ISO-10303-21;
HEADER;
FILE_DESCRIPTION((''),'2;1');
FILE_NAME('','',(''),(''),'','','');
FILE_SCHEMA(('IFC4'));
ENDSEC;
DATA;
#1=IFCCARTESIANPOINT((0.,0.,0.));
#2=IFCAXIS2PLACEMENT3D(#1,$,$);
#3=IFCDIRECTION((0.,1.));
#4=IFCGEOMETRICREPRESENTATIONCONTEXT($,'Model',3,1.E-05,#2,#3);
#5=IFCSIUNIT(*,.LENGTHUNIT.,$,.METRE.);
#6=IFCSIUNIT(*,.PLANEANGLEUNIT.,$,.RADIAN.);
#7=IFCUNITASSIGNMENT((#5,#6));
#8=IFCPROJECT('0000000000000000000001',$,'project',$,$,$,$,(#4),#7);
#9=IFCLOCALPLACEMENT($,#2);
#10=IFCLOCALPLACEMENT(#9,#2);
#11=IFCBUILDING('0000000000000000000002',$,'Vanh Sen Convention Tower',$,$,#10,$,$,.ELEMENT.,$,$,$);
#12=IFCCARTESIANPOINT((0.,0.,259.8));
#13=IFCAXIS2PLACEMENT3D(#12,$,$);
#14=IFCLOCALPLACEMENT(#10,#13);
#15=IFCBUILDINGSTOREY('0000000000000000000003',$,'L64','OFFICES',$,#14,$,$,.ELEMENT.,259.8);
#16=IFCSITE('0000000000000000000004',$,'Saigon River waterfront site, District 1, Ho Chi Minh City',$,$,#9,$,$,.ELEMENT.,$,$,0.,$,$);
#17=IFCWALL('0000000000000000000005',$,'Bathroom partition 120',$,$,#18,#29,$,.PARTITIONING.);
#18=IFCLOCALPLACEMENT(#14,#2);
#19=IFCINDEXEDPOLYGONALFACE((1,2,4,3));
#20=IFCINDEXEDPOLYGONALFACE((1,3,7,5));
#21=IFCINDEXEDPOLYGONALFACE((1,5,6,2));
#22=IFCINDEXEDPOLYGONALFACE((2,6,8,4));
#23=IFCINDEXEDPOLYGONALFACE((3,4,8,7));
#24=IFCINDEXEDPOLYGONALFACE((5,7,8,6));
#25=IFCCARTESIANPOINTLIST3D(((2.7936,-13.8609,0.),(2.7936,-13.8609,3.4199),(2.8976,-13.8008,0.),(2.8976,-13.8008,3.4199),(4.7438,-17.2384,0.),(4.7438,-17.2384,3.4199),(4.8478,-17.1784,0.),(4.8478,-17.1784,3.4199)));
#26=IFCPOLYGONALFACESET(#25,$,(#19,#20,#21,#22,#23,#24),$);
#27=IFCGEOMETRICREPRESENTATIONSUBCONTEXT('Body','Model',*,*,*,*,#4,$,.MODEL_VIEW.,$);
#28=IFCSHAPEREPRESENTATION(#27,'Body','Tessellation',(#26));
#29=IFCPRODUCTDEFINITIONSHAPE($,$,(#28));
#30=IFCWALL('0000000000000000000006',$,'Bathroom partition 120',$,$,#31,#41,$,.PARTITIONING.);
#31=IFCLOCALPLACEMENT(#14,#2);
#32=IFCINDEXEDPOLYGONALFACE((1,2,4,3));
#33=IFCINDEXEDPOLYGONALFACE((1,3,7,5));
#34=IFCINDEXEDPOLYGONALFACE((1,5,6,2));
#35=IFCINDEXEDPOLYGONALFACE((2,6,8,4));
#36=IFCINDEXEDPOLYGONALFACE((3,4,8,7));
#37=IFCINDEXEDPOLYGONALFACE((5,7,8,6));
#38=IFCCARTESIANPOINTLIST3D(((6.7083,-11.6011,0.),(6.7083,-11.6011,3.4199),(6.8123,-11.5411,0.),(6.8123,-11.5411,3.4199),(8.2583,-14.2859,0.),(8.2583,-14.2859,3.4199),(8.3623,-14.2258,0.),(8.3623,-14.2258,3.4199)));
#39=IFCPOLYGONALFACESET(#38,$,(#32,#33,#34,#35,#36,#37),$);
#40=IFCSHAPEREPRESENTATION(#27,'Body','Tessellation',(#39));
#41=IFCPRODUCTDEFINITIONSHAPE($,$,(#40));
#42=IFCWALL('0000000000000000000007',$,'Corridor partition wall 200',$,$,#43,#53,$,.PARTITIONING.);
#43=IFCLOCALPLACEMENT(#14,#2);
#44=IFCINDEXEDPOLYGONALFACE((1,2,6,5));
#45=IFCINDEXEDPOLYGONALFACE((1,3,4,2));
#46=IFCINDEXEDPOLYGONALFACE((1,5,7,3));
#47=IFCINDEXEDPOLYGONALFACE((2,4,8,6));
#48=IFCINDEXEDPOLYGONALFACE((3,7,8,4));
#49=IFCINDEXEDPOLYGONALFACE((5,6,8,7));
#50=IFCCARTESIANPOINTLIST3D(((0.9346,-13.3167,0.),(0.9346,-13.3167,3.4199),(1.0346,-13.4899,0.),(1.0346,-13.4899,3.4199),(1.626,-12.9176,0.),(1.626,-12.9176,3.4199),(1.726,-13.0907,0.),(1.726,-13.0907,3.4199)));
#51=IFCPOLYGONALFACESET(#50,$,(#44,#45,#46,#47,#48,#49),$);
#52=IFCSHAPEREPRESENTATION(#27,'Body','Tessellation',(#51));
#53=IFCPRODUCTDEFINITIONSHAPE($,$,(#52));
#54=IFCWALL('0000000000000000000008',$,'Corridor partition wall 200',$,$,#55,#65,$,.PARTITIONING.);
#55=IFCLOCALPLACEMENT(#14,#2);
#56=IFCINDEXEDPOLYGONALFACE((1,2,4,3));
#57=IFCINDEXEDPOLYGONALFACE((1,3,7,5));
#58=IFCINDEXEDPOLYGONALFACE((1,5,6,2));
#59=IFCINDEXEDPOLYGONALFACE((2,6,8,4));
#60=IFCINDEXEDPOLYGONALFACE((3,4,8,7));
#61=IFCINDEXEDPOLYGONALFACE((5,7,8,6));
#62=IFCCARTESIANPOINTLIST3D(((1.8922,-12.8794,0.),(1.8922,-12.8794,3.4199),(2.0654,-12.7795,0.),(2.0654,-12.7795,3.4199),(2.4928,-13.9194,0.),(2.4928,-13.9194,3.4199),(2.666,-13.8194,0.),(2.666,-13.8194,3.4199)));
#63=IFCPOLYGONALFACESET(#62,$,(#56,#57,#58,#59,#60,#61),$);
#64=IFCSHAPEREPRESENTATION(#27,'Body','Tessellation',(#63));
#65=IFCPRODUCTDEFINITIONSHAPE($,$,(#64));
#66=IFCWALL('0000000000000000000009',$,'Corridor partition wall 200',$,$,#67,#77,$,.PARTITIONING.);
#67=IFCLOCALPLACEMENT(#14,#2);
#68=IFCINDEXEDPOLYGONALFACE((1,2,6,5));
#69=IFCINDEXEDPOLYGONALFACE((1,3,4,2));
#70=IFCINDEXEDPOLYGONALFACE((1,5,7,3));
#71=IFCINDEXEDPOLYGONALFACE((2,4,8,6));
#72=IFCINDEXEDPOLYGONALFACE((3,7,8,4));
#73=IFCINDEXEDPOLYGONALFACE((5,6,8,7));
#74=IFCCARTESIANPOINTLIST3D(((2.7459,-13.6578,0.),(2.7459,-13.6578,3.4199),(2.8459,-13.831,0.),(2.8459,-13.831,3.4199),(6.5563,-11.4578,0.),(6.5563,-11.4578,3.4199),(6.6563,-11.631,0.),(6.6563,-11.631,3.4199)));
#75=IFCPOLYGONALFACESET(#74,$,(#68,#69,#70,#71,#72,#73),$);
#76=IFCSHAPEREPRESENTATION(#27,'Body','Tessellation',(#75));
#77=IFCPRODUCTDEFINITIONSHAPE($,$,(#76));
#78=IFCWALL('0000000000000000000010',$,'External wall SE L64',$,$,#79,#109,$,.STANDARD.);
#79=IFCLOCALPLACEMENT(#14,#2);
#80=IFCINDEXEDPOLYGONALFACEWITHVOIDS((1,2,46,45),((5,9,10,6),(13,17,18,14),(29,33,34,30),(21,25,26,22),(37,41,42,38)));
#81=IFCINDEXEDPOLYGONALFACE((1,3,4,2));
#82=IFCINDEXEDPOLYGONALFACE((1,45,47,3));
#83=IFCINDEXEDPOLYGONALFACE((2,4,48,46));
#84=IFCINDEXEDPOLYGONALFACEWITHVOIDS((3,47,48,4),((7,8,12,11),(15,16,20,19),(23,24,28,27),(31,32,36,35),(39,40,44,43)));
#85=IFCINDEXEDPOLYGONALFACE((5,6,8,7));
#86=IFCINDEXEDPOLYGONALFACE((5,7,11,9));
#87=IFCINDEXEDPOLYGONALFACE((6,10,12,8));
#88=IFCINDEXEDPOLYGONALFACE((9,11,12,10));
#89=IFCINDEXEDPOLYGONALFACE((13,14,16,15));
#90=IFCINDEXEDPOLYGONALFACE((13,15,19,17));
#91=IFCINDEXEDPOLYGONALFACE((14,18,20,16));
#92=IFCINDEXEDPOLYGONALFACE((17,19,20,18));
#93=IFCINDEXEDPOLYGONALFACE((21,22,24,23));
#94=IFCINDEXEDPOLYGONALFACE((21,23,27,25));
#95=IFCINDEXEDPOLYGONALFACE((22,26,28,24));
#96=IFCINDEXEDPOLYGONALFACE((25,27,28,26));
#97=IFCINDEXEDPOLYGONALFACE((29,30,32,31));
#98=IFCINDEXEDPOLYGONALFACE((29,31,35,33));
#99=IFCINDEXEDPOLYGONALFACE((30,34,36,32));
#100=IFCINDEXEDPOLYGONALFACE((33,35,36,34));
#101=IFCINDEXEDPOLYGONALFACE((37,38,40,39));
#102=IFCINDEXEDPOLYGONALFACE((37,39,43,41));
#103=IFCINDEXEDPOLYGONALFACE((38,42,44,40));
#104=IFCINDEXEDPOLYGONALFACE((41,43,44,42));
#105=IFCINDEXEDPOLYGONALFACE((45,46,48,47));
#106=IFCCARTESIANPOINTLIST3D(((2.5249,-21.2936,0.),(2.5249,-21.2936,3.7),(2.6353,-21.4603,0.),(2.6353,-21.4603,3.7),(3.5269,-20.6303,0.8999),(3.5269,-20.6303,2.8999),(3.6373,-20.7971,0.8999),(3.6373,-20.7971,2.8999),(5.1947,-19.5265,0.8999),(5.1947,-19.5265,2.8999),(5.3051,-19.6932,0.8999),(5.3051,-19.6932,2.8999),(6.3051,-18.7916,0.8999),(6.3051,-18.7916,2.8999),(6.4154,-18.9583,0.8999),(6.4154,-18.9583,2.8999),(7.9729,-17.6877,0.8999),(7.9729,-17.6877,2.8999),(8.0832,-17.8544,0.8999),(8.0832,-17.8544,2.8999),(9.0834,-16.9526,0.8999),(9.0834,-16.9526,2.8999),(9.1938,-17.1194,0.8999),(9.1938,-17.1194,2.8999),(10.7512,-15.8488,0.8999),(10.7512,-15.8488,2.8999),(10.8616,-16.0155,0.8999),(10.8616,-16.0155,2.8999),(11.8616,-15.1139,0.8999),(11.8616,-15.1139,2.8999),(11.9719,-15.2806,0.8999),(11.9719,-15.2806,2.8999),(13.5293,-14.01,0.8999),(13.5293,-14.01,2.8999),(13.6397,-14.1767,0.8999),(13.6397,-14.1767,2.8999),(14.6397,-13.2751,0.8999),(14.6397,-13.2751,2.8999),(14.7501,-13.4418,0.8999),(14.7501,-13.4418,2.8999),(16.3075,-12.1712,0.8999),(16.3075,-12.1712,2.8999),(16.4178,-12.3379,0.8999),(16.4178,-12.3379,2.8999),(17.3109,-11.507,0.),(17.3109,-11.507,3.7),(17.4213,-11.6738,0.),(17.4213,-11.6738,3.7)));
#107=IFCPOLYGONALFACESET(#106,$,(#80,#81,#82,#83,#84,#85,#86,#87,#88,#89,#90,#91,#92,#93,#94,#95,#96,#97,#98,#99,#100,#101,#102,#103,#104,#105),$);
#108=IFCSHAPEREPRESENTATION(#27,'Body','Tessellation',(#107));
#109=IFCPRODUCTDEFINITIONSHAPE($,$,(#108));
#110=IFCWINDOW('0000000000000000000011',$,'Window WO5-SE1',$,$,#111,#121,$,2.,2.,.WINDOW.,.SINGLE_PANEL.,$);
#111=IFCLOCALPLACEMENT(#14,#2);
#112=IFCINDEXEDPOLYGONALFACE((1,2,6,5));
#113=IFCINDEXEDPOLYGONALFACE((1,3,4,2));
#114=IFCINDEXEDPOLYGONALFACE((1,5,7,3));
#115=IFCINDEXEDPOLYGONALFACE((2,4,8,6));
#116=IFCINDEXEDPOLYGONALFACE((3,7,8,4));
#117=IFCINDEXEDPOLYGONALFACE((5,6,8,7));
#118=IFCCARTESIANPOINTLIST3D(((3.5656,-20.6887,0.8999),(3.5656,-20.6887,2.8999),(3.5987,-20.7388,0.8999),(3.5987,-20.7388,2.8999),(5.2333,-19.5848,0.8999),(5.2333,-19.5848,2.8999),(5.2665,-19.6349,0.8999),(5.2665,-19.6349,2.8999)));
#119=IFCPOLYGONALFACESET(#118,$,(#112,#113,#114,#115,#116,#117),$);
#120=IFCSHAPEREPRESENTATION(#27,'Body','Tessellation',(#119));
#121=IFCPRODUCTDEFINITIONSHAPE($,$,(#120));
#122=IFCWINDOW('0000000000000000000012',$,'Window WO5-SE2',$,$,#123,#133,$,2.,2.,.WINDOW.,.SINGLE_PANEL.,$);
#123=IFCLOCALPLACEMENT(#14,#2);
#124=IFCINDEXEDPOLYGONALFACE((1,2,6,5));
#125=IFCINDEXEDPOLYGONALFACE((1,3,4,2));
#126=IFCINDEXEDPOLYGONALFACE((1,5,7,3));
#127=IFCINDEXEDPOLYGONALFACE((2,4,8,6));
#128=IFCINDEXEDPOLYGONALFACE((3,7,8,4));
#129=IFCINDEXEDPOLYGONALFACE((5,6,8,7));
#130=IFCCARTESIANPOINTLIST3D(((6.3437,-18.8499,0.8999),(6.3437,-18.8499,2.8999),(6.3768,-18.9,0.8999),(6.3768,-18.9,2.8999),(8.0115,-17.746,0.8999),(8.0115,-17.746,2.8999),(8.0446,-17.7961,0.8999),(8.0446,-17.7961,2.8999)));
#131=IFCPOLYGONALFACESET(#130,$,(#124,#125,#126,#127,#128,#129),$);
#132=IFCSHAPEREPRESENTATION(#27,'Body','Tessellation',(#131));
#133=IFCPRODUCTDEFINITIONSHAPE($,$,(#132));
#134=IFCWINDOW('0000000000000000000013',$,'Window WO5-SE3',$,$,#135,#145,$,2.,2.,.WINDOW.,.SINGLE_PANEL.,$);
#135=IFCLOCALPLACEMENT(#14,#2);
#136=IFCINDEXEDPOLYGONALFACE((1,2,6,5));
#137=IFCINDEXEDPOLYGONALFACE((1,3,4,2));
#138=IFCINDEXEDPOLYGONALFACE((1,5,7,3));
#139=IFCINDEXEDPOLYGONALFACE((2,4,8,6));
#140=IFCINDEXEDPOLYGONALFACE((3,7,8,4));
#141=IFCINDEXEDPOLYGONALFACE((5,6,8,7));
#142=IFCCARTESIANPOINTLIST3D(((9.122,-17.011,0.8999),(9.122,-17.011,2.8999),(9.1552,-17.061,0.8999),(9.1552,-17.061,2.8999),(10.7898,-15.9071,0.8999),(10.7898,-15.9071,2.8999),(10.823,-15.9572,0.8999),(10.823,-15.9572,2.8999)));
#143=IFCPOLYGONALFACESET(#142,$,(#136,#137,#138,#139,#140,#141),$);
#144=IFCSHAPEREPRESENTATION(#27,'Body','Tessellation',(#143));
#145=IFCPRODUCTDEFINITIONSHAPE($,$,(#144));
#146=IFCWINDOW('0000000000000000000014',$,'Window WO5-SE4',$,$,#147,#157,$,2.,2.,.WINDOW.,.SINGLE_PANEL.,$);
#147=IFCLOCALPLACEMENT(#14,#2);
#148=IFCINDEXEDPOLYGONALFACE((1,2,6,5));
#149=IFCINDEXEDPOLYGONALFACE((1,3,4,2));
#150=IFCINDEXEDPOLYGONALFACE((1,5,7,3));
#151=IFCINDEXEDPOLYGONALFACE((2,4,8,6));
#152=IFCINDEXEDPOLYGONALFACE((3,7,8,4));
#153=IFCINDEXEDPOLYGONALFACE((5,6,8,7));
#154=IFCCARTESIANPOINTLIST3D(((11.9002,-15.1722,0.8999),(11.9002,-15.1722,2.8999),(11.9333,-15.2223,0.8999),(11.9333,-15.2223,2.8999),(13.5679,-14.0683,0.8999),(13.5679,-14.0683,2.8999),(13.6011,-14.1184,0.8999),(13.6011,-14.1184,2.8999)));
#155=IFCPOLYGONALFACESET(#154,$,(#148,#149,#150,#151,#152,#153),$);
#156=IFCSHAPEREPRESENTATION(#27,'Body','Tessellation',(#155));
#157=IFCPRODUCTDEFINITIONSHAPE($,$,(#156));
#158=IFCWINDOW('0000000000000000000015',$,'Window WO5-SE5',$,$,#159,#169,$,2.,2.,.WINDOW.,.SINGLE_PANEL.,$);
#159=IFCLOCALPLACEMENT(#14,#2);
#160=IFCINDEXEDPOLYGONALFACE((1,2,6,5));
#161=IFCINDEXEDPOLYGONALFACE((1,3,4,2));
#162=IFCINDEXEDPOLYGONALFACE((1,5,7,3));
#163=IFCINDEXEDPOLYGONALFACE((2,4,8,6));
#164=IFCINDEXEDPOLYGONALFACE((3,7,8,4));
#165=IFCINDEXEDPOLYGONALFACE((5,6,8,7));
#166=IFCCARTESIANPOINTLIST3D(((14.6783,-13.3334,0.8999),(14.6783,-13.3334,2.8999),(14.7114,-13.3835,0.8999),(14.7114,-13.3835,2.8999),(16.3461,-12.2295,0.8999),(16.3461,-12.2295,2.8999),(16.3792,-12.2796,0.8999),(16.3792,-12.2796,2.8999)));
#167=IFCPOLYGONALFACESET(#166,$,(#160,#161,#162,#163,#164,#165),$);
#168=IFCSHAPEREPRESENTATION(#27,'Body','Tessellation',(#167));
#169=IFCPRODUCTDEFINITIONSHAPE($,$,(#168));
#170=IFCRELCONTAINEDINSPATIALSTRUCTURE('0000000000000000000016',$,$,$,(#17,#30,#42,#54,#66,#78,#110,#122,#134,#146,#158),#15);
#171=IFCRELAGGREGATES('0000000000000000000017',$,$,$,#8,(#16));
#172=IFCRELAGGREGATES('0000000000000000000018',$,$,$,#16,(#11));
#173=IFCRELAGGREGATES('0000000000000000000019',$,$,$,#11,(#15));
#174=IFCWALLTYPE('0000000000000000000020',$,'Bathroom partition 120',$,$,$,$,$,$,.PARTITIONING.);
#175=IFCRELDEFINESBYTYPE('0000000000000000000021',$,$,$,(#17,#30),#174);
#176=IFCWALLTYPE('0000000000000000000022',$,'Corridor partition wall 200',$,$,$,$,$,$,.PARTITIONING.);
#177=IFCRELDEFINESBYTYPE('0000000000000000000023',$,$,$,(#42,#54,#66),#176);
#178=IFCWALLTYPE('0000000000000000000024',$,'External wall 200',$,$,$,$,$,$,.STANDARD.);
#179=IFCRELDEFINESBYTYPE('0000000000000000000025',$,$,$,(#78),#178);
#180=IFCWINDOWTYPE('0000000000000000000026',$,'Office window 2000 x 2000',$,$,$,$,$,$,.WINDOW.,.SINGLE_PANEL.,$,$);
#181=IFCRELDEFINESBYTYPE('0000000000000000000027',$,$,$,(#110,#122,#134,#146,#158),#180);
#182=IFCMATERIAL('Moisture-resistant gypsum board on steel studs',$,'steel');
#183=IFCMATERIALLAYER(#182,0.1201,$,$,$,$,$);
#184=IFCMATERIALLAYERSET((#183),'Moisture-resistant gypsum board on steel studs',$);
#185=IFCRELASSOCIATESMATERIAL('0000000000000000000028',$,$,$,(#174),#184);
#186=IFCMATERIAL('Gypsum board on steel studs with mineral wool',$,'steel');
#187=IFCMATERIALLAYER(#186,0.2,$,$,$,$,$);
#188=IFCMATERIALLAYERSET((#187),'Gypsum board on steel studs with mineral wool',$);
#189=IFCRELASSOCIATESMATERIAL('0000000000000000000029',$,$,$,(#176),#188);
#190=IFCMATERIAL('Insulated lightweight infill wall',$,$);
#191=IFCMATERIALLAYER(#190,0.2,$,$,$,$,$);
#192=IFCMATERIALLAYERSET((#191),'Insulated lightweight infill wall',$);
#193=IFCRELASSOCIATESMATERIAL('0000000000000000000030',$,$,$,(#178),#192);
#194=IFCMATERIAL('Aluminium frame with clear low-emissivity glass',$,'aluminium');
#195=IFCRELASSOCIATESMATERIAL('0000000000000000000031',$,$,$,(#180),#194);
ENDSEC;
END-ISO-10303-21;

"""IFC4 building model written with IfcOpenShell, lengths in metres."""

from ifc_helpers import new_model, si_unit, direction, frame, frame_2d, origin, place, context, subcontext, project, spatial, rectangle, extrude, material, layer, layer_set, type_object, element, fill, save


model = new_model("IFC4")

# Units and contexts
model_context = context("Model", 3, precision=1e-05, world=origin(), true_north=direction((0.0, 1.0)))
body_context = subcontext(model_context, "Body", "Model", "MODEL_VIEW")
ifc_project = project(units=[si_unit("LENGTHUNIT", "METRE"), si_unit("PLANEANGLEUNIT", "RADIAN")], contexts=[model_context])

# Site, building, storey
site_placement = place(None, origin())
site = spatial("IfcSite", under=ifc_project, at=site_placement, Name="Saigon River waterfront site, District 1, Ho Chi Minh City", CompositionType="ELEMENT", RefElevation=0.0)
building_placement = place(site_placement, origin())
building = spatial("IfcBuilding", under=site, at=building_placement, Name="Vanh Sen Convention Tower", CompositionType="ELEMENT")
storey_placement = place(building_placement, frame((0.0, 0.0, 259.8)))
storey = spatial("IfcBuildingStorey", under=building, at=storey_placement, Name="L64", Description="OFFICES", CompositionType="ELEMENT", Elevation=259.8)

# Walls
ifc_material_1 = material(Name="Moisture-resistant gypsum board on steel studs", Category="steel")
ifc_layer_1 = layer(ifc_material_1, 0.1201)
ifc_layer_set_1 = layer_set([ifc_layer_1], Name="Moisture-resistant gypsum board on steel studs")
wall_type_1 = type_object("IfcWallType", Name="Bathroom partition 120", PredefinedType="PARTITIONING", material=ifc_layer_set_1)
wall_1_placement = place(storey_placement, frame((4.7959, -17.2085, 0.0), z_axis=(0.0, 0.0, 1.0), x_axis=(-0.500044, 0.866, 0.0)))
element("IfcWall", 1, at=wall_1_placement, inside=storey, type_object=wall_type_1, Name="Bathroom partition 120", PredefinedType="PARTITIONING", context=body_context, shape_type="SweptSolid", body=[
    extrude(rectangle(XDim=3.9001, YDim=0.1201, at=frame_2d((1.9502, 0.0))), origin(), (0.0, 0.0, 1.0), 3.4199),
])
wall_2_placement = place(storey_placement, frame((8.3103, -14.2559, 0.0), z_axis=(0.0, 0.0, 1.0), x_axis=(-0.499993, 0.86603, 0.0)))
element("IfcWall", 2, at=wall_2_placement, inside=storey, type_object=wall_type_1, Name="Bathroom partition 120", PredefinedType="PARTITIONING", context=body_context, shape_type="SweptSolid", body=[
    extrude(rectangle(XDim=3.1001, YDim=0.1201, at=frame_2d((1.55, 0.0))), origin(), (0.0, 0.0, 1.0), 3.4199),
])
ifc_material_2 = material(Name="Gypsum board on steel studs with mineral wool", Category="steel")
ifc_layer_2 = layer(ifc_material_2, 0.2)
ifc_layer_set_2 = layer_set([ifc_layer_2], Name="Gypsum board on steel studs with mineral wool")
wall_type_2 = type_object("IfcWallType", Name="Corridor partition wall 200", PredefinedType="PARTITIONING", material=ifc_layer_set_2)
wall_3_placement = place(storey_placement, frame((0.9846, -13.4033, 0.0), z_axis=(0.0, 0.0, 1.0), x_axis=(0.866033, 0.499987, 0.0)))
element("IfcWall", 3, at=wall_3_placement, inside=storey, type_object=wall_type_2, Name="Corridor partition wall 200", PredefinedType="PARTITIONING", context=body_context, shape_type="SweptSolid", body=[
    extrude(rectangle(XDim=0.7983, YDim=0.2, at=frame_2d((0.3992, 0.0))), origin(), (0.0, 0.0, 1.0), 3.4199),
])
wall_4_placement = place(storey_placement, frame((1.9788, -12.8293, 0.0), z_axis=(0.0, 0.0, 1.0), x_axis=(0.500074, -0.865982, 0.0)))
element("IfcWall", 4, at=wall_4_placement, inside=storey, type_object=wall_type_2, Name="Corridor partition wall 200", PredefinedType="PARTITIONING", context=body_context, shape_type="SweptSolid", body=[
    extrude(rectangle(XDim=1.2009, YDim=0.2, at=frame_2d((0.6006, 0.0))), origin(), (0.0, 0.0, 1.0), 3.4199),
])
wall_5_placement = place(storey_placement, frame((2.7959, -13.7444, 0.0), z_axis=(0.0, 0.0, 1.0), x_axis=(0.866018, 0.500012, 0.0)))
element("IfcWall", 5, at=wall_5_placement, inside=storey, type_object=wall_type_2, Name="Corridor partition wall 200", PredefinedType="PARTITIONING", context=body_context, shape_type="SweptSolid", body=[
    extrude(rectangle(XDim=4.3999, YDim=0.2, at=frame_2d((2.2, 0.0))), origin(), (0.0, 0.0, 1.0), 3.4199),
])

# Wall, openings, windows
ifc_material_3 = material(Name="Insulated lightweight infill wall")
ifc_layer_3 = layer(ifc_material_3, 0.2)
ifc_layer_set_3 = layer_set([ifc_layer_3], Name="Insulated lightweight infill wall")
wall_type_3 = type_object("IfcWallType", Name="External wall 200", PredefinedType="STANDARD", material=ifc_layer_set_3)
wall_6_placement = place(storey_placement, frame((2.5801, -21.377, 0.0), z_axis=(0.0, 0.0, 1.0), x_axis=(0.833889, 0.551933, 0.0)))
wall_6 = element("IfcWall", 6, at=wall_6_placement, inside=storey, type_object=wall_type_3, Name="External wall SE L64", PredefinedType="STANDARD", context=body_context, shape_type="SweptSolid", body=[
    extrude(rectangle(XDim=17.7314, YDim=0.2, at=frame_2d((8.8657, 0.0))), origin(), (0.0, 0.0, 1.0), 3.7),
])
opening_1_placement = place(wall_6_placement, frame((1.2017, 0.0, 0.8999)))
opening_1 = element("IfcOpeningElement", 7, at=opening_1_placement, cuts=wall_6, PredefinedType="OPENING", context=body_context, shape_type="SweptSolid", body=[
    extrude(rectangle(XDim=2.0, YDim=2.0, at=frame_2d((1.0, 1.0))), frame((0.0, 0.1099, 0.0), z_axis=(0.0, -1.0, 0.0), x_axis=(1.0, 0.0, 0.0)), (0.0, 0.0, 1.0), 0.22),
])
opening_2_placement = place(wall_6_placement, frame((4.5332, 0.0, 0.8999)))
opening_2 = element("IfcOpeningElement", 8, at=opening_2_placement, cuts=wall_6, PredefinedType="OPENING", context=body_context, shape_type="SweptSolid", body=[
    extrude(rectangle(XDim=2.0, YDim=2.0, at=frame_2d((1.0, 1.0))), frame((0.0, 0.1099, 0.0), z_axis=(0.0, -1.0, 0.0), x_axis=(1.0, 0.0, 0.0)), (0.0, 0.0, 1.0), 0.22),
])
opening_3_placement = place(wall_6_placement, frame((7.865, 0.0, 0.8999)))
opening_3 = element("IfcOpeningElement", 9, at=opening_3_placement, cuts=wall_6, PredefinedType="OPENING", context=body_context, shape_type="SweptSolid", body=[
    extrude(rectangle(XDim=2.0, YDim=2.0, at=frame_2d((1.0, 1.0))), frame((0.0, 0.1099, 0.0), z_axis=(0.0, -1.0, 0.0), x_axis=(1.0, 0.0, 0.0)), (0.0, 0.0, 1.0), 0.22),
])
opening_4_placement = place(wall_6_placement, frame((11.1965, 0.0, 0.8999)))
opening_4 = element("IfcOpeningElement", 10, at=opening_4_placement, cuts=wall_6, PredefinedType="OPENING", context=body_context, shape_type="SweptSolid", body=[
    extrude(rectangle(XDim=2.0, YDim=2.0, at=frame_2d((1.0, 1.0))), frame((0.0, 0.1099, 0.0), z_axis=(0.0, -1.0, 0.0), x_axis=(1.0, 0.0, 0.0)), (0.0, 0.0, 1.0), 0.22),
])
opening_5_placement = place(wall_6_placement, frame((14.5281, 0.0, 0.8999)))
opening_5 = element("IfcOpeningElement", 11, at=opening_5_placement, cuts=wall_6, PredefinedType="OPENING", context=body_context, shape_type="SweptSolid", body=[
    extrude(rectangle(XDim=2.0, YDim=2.0, at=frame_2d((1.0, 1.0))), frame((0.0, 0.1099, 0.0), z_axis=(0.0, -1.0, 0.0), x_axis=(1.0, 0.0, 0.0)), (0.0, 0.0, 1.0), 0.22),
])
ifc_material_4 = material(Name="Aluminium frame with clear low-emissivity glass", Category="aluminium")
window_type = type_object("IfcWindowType", Name="Office window 2000 x 2000", PartitioningType="SINGLE_PANEL", PredefinedType="WINDOW", material=ifc_material_4)
window_1_placement = place(opening_1_placement, origin())
window_1 = element("IfcWindow", 12, at=window_1_placement, inside=storey, type_object=window_type, Name="Window WO5-SE1", OverallHeight=2.0, OverallWidth=2.0, PartitioningType="SINGLE_PANEL", PredefinedType="WINDOW", context=body_context, shape_type="SweptSolid", body=[
    extrude(rectangle(XDim=2.0, YDim=2.0, at=frame_2d((1.0, 1.0))), frame((0.0, 0.03, 0.0), z_axis=(0.0, -1.0, 0.0), x_axis=(1.0, 0.0, 0.0)), (0.0, 0.0, 1.0), 0.0601),
])
fill(opening_1, window_1)
window_2_placement = place(opening_2_placement, origin())
window_2 = element("IfcWindow", 13, at=window_2_placement, inside=storey, type_object=window_type, Name="Window WO5-SE2", OverallHeight=2.0, OverallWidth=2.0, PartitioningType="SINGLE_PANEL", PredefinedType="WINDOW", context=body_context, shape_type="SweptSolid", body=[
    extrude(rectangle(XDim=2.0, YDim=2.0, at=frame_2d((1.0, 1.0))), frame((0.0, 0.03, 0.0), z_axis=(0.0, -1.0, 0.0), x_axis=(1.0, 0.0, 0.0)), (0.0, 0.0, 1.0), 0.0601),
])
fill(opening_2, window_2)
window_3_placement = place(opening_3_placement, origin())
window_3 = element("IfcWindow", 14, at=window_3_placement, inside=storey, type_object=window_type, Name="Window WO5-SE3", OverallHeight=2.0, OverallWidth=2.0, PartitioningType="SINGLE_PANEL", PredefinedType="WINDOW", context=body_context, shape_type="SweptSolid", body=[
    extrude(rectangle(XDim=2.0, YDim=2.0, at=frame_2d((1.0, 1.0))), frame((0.0, 0.03, 0.0), z_axis=(0.0, -1.0, 0.0), x_axis=(1.0, 0.0, 0.0)), (0.0, 0.0, 1.0), 0.0601),
])
fill(opening_3, window_3)
window_4_placement = place(opening_4_placement, origin())
window_4 = element("IfcWindow", 15, at=window_4_placement, inside=storey, type_object=window_type, Name="Window WO5-SE4", OverallHeight=2.0, OverallWidth=2.0, PartitioningType="SINGLE_PANEL", PredefinedType="WINDOW", context=body_context, shape_type="SweptSolid", body=[
    extrude(rectangle(XDim=2.0, YDim=2.0, at=frame_2d((1.0, 1.0))), frame((0.0, 0.03, 0.0), z_axis=(0.0, -1.0, 0.0), x_axis=(1.0, 0.0, 0.0)), (0.0, 0.0, 1.0), 0.0601),
])
fill(opening_4, window_4)
window_5_placement = place(opening_5_placement, origin())
window_5 = element("IfcWindow", 16, at=window_5_placement, inside=storey, type_object=window_type, Name="Window WO5-SE5", OverallHeight=2.0, OverallWidth=2.0, PartitioningType="SINGLE_PANEL", PredefinedType="WINDOW", context=body_context, shape_type="SweptSolid", body=[
    extrude(rectangle(XDim=2.0, YDim=2.0, at=frame_2d((1.0, 1.0))), frame((0.0, 0.03, 0.0), z_axis=(0.0, -1.0, 0.0), x_axis=(1.0, 0.0, 0.0)), (0.0, 0.0, 1.0), 0.0601),
])
fill(opening_5, window_5)

save(model, "model.ifc")
